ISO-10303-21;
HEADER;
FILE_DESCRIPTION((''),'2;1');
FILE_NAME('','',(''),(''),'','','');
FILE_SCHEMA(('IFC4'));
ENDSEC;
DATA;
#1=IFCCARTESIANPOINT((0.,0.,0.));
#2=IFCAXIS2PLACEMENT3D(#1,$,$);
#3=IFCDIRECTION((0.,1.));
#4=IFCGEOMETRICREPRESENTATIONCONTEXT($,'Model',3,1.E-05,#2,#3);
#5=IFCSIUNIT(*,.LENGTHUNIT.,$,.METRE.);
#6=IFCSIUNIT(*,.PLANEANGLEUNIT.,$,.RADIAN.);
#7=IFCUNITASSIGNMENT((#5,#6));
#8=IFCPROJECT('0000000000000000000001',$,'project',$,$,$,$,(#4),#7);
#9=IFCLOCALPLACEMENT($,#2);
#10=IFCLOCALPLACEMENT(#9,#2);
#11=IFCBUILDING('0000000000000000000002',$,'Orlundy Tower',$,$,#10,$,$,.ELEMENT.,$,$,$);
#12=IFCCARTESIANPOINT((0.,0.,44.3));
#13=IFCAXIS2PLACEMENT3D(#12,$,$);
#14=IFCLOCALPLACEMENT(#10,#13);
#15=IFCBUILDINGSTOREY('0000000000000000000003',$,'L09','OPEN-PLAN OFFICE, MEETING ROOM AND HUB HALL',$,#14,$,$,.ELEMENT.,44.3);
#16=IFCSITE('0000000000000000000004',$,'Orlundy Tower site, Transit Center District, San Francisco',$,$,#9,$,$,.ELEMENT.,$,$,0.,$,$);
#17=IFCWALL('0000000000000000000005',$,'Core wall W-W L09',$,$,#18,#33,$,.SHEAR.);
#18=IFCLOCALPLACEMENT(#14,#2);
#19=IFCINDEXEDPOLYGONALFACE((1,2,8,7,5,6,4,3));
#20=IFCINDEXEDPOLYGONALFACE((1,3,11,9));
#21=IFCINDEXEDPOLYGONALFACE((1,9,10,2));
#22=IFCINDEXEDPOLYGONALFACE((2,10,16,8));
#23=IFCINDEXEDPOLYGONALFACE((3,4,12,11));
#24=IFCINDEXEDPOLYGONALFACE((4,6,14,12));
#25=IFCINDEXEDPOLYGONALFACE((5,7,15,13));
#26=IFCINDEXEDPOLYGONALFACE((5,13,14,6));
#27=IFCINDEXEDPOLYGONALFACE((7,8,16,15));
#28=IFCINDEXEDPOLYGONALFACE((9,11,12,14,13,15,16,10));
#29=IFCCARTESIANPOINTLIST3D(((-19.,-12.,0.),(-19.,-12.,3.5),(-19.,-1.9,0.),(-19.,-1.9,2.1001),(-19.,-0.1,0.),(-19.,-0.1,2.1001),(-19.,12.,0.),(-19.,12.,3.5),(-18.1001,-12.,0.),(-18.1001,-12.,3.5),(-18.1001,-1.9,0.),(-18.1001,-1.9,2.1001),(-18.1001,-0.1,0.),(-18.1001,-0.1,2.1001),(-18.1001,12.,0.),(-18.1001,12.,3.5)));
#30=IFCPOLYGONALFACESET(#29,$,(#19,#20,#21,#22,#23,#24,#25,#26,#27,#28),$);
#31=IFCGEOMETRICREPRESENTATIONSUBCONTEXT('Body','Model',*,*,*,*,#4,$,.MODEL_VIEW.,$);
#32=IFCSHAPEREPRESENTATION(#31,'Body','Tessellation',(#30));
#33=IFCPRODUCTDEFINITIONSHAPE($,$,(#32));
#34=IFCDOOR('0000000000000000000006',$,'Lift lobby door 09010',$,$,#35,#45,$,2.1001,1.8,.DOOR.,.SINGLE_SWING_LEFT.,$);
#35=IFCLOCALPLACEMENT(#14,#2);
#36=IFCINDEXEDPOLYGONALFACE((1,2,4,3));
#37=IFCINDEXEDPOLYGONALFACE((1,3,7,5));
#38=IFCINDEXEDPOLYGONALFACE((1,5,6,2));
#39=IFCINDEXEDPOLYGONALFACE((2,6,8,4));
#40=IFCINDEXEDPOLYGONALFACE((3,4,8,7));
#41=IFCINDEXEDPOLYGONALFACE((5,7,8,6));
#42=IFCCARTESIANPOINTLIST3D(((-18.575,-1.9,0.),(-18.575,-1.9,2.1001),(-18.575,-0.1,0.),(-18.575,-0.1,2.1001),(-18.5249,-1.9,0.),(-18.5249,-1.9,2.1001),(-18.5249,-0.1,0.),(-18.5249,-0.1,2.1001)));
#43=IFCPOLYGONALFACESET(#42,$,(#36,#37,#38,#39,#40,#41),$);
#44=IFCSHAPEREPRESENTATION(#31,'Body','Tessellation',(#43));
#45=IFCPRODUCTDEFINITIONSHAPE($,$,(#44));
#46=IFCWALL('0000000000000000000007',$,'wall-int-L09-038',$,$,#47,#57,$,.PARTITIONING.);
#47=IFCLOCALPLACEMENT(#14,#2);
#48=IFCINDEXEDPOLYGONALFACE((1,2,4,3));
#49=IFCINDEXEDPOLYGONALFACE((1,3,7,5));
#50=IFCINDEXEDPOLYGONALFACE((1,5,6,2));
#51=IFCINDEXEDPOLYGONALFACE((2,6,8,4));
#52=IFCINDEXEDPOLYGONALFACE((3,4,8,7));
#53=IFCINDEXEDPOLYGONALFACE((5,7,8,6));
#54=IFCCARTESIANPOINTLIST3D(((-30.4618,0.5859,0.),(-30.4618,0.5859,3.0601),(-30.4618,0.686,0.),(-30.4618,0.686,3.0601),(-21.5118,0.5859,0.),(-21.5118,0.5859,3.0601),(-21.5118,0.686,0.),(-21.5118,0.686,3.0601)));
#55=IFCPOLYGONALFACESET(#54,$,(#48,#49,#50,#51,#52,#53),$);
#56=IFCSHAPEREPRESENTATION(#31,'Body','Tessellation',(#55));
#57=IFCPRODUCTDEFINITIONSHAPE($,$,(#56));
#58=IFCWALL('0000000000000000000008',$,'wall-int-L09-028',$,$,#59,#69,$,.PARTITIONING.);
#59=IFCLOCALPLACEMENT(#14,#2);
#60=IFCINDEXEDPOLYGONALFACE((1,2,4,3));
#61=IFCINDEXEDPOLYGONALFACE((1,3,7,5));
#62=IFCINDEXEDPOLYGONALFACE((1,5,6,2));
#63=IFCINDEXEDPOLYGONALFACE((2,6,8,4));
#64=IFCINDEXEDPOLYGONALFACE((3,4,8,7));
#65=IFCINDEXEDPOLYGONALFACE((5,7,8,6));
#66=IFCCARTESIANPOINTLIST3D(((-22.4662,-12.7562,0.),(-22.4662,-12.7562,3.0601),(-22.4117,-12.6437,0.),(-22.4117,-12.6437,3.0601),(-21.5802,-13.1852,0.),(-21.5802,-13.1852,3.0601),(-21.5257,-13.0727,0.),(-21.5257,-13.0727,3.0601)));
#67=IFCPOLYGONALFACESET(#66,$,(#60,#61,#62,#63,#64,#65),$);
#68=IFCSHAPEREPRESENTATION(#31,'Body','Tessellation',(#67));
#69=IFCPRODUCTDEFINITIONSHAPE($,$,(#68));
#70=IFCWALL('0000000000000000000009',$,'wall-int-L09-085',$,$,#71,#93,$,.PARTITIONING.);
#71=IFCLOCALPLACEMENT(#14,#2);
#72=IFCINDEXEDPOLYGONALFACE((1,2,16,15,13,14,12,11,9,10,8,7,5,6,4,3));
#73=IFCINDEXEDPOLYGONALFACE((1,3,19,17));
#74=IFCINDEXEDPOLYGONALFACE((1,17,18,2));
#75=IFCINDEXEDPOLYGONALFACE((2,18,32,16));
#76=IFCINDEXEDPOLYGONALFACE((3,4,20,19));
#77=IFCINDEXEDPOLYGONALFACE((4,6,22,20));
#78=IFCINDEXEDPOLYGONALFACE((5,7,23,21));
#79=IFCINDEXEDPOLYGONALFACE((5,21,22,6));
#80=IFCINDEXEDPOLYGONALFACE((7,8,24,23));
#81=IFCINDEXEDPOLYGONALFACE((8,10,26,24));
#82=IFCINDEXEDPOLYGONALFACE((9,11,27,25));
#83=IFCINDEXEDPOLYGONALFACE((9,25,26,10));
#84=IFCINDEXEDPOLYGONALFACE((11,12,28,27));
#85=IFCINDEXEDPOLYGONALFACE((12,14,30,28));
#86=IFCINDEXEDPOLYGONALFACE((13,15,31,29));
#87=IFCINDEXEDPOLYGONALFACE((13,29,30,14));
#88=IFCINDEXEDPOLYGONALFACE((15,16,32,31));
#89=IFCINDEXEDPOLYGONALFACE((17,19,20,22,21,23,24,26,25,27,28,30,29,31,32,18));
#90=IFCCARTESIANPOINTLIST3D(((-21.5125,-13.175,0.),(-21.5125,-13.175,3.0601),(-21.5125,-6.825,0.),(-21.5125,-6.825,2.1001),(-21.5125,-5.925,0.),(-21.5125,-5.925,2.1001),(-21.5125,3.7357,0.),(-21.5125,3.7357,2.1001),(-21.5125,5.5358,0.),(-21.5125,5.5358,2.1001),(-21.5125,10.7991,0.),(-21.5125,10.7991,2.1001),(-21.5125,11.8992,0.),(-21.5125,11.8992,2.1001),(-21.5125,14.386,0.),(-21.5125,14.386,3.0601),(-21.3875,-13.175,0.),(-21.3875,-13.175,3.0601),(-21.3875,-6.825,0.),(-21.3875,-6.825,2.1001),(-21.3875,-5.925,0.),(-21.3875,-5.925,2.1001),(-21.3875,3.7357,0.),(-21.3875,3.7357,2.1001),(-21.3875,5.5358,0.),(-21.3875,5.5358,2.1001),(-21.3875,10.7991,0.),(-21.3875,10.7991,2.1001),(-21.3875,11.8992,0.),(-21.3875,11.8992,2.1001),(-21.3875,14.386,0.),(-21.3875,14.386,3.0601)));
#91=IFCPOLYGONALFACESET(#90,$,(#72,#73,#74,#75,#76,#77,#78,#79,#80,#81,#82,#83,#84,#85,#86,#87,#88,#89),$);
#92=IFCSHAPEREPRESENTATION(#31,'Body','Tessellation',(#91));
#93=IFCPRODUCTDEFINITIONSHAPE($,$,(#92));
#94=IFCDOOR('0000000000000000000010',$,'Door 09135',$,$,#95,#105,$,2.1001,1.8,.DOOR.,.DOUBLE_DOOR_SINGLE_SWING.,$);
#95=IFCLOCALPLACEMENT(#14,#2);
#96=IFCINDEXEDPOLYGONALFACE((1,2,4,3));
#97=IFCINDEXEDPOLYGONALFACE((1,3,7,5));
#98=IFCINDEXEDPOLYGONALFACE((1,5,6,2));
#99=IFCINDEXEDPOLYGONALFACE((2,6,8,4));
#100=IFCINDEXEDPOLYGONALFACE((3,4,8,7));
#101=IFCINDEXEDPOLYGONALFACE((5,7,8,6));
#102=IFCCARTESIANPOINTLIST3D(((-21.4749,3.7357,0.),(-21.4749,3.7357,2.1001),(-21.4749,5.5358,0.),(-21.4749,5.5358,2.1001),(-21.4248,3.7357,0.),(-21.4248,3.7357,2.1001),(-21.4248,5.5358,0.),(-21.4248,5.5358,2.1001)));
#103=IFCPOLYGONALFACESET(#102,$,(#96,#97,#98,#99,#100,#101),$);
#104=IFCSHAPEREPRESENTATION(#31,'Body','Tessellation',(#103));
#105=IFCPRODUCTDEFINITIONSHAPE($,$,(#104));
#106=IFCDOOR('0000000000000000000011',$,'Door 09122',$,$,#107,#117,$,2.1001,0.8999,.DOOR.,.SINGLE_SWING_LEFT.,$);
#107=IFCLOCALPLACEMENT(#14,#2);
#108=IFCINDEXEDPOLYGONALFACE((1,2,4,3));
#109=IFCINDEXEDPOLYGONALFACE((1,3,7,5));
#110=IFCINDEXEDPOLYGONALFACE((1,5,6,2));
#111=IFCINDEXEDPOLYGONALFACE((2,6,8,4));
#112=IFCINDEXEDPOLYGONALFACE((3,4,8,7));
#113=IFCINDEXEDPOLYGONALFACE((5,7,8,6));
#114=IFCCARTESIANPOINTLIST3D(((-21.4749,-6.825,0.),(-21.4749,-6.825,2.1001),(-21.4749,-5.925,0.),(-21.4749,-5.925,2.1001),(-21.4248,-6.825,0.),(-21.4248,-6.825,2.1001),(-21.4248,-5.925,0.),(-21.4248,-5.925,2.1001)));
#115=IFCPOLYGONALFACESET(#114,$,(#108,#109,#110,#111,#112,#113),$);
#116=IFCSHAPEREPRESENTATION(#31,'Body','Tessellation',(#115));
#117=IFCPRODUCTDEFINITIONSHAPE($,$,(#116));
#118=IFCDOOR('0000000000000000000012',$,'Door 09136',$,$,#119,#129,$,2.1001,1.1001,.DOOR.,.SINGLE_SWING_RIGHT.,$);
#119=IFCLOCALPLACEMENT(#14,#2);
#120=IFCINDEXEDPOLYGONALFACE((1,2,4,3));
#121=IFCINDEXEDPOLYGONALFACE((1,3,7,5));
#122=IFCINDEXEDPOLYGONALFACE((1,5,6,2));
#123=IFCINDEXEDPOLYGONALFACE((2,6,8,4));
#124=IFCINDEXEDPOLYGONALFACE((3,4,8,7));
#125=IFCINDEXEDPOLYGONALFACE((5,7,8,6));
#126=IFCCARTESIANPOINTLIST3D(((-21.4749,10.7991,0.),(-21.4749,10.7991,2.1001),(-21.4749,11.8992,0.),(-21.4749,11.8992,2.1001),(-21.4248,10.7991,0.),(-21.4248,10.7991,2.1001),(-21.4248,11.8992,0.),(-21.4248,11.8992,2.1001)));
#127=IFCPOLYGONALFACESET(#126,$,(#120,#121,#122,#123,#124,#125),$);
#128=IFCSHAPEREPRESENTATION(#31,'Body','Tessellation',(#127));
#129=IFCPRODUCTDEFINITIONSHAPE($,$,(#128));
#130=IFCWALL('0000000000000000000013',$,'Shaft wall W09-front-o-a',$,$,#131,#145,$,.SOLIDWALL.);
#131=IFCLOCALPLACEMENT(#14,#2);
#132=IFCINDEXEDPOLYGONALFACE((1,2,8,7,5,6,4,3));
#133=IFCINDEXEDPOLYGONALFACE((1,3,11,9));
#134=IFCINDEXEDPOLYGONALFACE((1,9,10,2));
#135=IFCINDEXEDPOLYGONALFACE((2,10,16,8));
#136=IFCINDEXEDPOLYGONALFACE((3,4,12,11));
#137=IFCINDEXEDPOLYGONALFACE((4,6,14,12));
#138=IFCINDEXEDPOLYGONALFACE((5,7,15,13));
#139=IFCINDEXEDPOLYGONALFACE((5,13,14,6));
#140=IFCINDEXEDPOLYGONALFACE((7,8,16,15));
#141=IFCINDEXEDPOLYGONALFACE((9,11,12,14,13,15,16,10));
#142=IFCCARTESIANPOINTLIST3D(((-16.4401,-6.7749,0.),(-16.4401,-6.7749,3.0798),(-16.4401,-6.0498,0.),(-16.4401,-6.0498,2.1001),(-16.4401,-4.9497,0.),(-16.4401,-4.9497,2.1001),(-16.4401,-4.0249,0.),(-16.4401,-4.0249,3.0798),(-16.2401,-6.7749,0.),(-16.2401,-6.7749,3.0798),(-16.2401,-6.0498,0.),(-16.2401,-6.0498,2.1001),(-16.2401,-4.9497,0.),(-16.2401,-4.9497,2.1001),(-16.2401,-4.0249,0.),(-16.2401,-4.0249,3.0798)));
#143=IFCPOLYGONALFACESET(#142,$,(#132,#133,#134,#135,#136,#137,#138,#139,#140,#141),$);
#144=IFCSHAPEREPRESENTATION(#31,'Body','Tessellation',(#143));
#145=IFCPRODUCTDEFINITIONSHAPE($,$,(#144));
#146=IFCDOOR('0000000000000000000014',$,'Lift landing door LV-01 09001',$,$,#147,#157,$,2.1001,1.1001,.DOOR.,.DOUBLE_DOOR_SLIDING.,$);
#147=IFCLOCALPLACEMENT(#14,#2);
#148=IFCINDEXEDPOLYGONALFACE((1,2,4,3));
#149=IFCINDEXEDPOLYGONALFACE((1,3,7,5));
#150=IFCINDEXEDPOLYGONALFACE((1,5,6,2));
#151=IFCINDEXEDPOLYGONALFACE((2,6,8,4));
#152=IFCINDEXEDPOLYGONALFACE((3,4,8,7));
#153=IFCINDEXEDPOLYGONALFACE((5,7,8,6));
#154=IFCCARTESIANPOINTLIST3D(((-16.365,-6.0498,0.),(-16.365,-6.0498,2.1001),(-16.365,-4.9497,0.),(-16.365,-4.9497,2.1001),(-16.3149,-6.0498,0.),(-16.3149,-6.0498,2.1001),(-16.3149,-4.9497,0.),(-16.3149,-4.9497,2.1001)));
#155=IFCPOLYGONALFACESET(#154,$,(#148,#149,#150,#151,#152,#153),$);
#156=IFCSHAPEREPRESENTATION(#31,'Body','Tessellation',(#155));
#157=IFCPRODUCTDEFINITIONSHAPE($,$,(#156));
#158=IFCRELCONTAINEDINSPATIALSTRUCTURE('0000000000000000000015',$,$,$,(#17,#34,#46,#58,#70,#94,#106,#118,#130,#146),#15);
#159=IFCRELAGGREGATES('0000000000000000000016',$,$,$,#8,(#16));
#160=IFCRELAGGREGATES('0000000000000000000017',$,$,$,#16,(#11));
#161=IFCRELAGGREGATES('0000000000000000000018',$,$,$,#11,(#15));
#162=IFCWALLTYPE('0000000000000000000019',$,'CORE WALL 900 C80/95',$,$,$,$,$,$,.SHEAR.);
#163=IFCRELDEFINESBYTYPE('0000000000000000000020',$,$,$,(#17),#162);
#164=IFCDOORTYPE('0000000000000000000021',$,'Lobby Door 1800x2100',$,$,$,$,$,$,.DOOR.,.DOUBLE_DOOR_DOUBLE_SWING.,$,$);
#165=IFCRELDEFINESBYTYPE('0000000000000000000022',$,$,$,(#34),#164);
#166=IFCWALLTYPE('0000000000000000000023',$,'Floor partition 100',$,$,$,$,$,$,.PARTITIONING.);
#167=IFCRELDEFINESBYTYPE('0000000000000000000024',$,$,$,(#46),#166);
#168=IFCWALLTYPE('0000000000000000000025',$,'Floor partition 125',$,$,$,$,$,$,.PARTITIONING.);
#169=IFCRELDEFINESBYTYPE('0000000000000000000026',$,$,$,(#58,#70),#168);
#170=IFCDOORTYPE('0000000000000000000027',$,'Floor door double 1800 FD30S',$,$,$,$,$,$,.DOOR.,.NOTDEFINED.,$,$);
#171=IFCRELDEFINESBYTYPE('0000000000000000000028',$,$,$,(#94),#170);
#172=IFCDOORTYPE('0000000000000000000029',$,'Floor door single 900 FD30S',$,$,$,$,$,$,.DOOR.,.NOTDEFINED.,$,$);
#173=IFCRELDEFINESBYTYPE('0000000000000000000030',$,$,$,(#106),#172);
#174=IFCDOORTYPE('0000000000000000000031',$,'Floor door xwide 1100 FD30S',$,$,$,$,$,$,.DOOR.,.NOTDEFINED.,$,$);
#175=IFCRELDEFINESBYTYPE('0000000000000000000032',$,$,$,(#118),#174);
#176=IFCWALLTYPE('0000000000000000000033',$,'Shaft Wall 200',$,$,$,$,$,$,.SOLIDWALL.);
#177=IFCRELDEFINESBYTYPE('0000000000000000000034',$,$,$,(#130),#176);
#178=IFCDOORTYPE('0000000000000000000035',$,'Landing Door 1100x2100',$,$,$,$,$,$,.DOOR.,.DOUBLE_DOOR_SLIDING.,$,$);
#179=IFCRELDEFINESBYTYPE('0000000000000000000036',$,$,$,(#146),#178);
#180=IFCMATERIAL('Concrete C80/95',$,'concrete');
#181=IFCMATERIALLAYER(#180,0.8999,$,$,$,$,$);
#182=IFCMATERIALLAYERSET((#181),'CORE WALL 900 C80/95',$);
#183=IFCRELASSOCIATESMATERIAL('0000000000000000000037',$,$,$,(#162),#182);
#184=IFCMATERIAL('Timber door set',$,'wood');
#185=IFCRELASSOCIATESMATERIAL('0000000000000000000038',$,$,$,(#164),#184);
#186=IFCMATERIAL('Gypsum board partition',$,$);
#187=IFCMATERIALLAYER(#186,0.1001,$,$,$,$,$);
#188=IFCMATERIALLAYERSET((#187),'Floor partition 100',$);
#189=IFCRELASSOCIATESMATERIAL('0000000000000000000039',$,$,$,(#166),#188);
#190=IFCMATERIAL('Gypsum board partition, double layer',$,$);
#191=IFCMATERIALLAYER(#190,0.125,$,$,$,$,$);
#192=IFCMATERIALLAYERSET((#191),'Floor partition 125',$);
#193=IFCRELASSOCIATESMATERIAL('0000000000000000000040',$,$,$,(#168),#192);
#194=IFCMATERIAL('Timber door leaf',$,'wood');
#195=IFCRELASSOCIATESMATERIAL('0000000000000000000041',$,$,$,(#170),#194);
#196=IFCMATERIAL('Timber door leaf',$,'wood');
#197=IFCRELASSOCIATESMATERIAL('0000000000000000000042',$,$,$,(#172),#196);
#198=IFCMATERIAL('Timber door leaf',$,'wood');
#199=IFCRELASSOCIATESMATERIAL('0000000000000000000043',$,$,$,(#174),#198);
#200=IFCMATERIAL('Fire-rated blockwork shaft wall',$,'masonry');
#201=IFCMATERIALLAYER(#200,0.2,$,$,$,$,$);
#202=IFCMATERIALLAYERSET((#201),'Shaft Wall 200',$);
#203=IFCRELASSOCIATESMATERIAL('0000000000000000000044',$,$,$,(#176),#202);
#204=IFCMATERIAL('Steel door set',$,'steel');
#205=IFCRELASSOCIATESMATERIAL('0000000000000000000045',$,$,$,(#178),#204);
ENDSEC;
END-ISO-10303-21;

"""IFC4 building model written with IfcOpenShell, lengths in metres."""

from ifc_helpers import new_model, si_unit, direction, frame, frame_2d, origin, place, context, subcontext, project, spatial, rectangle, extrude, material, layer, layer_set, type_object, element, fill, save


model = new_model("IFC4")

# Units and contexts
model_context = context("Model", 3, precision=1e-05, world=origin(), true_north=direction((0.0, 1.0)))
body_context = subcontext(model_context, "Body", "Model", "MODEL_VIEW")
ifc_project = project(units=[si_unit("LENGTHUNIT", "METRE"), si_unit("PLANEANGLEUNIT", "RADIAN")], contexts=[model_context])

# Site, building, storey
site_placement = place(None, origin())
site = spatial("IfcSite", under=ifc_project, at=site_placement, Name="Orlundy Tower site, Transit Center District, San Francisco", CompositionType="ELEMENT", RefElevation=0.0)
building_placement = place(site_placement, origin())
building = spatial("IfcBuilding", under=site, at=building_placement, Name="Orlundy Tower", CompositionType="ELEMENT")
storey_placement = place(building_placement, frame((0.0, 0.0, 44.3)))
storey = spatial("IfcBuildingStorey", under=building, at=storey_placement, Name="L09", Description="OPEN-PLAN OFFICE, MEETING ROOM AND HUB HALL", CompositionType="ELEMENT", Elevation=44.3)

# Shared definitions
ifc_material_1 = material(Name="Concrete C80/95", Category="concrete")
ifc_layer_1 = layer(ifc_material_1, 0.8999)
ifc_layer_set_1 = layer_set([ifc_layer_1], Name="CORE WALL 900 C80/95")
wall_type_1 = type_object("IfcWallType", Name="CORE WALL 900 C80/95", PredefinedType="SHEAR", material=ifc_layer_set_1)

# Wall, opening, door
wall_1_placement = place(storey_placement, frame((-18.55, -12.0, 0.0), z_axis=(0.0, 0.0, 1.0), x_axis=(0.0, 1.0, 0.0)))
wall_1 = element("IfcWall", 1, at=wall_1_placement, inside=storey, type_object=wall_type_1, Name="Core wall W-W L09", PredefinedType="SHEAR", context=body_context, shape_type="SweptSolid", body=[
    extrude(rectangle(XDim=24.0, YDim=0.8999, at=frame_2d((12.0, 0.0))), origin(), (0.0, 0.0, 1.0), 3.5),
])
opening_1_placement = place(wall_1_placement, frame((10.1001, 0.0, 0.0)))
opening_1 = element("IfcOpeningElement", 2, at=opening_1_placement, cuts=wall_1, PredefinedType="OPENING", context=body_context, shape_type="SweptSolid", body=[
    extrude(rectangle(XDim=1.8, YDim=2.1001, at=frame_2d((0.8999, 1.05))), frame((0.0, 0.46, 0.0), z_axis=(0.0, -1.0, 0.0), x_axis=(1.0, 0.0, 0.0)), (0.0, 0.0, 1.0), 0.9199),
])
ifc_material_2 = material(Name="Timber door set", Category="wood")
door_type_1 = type_object("IfcDoorType", Name="Lobby Door 1800x2100", OperationType="DOUBLE_DOOR_DOUBLE_SWING", PredefinedType="DOOR", material=ifc_material_2)
door_1_placement = place(opening_1_placement, origin())
door_1 = element("IfcDoor", 3, at=door_1_placement, inside=storey, type_object=door_type_1, Name="Lift lobby door 09010", OperationType="SINGLE_SWING_LEFT", OverallHeight=2.1001, OverallWidth=1.8, PredefinedType="DOOR", context=body_context, shape_type="SweptSolid", body=[
    extrude(rectangle(XDim=1.8, YDim=2.1001, at=frame_2d((0.8999, 1.05))), frame((0.0, 0.0249, 0.0), z_axis=(0.0, -1.0, 0.0), x_axis=(1.0, 0.0, 0.0)), (0.0, 0.0, 1.0), 0.05),
])
fill(opening_1, door_1)

# Walls
ifc_material_3 = material(Name="Gypsum board partition")
ifc_layer_2 = layer(ifc_material_3, 0.1001)
ifc_layer_set_2 = layer_set([ifc_layer_2], Name="Floor partition 100")
wall_type_2 = type_object("IfcWallType", Name="Floor partition 100", PredefinedType="PARTITIONING", material=ifc_layer_set_2)
wall_2_placement = place(storey_placement, frame((-30.4619, 0.636, 0.0), z_axis=(0.0, 0.0, 1.0), x_axis=(1.0, 0.0, 0.0)))
element("IfcWall", 4, at=wall_2_placement, inside=storey, type_object=wall_type_2, Name="wall-int-L09-038", PredefinedType="PARTITIONING", context=body_context, shape_type="SweptSolid", body=[
    extrude(rectangle(XDim=8.95, YDim=0.1001, at=frame_2d((4.4751, 0.0))), origin(), (0.0, 0.0, 1.0), 3.0601),
])
ifc_material_4 = material(Name="Gypsum board partition, double layer")
ifc_layer_3 = layer(ifc_material_4, 0.125)
ifc_layer_set_3 = layer_set([ifc_layer_3], Name="Floor partition 125")
wall_type_3 = type_object("IfcWallType", Name="Floor partition 125", PredefinedType="PARTITIONING", material=ifc_layer_set_3)
wall_3_placement = place(storey_placement, frame((-22.439, -12.7, 0.0), z_axis=(0.0, 0.0, 1.0), x_axis=(0.900059, -0.435768, 0.0)))
element("IfcWall", 5, at=wall_3_placement, inside=storey, type_object=wall_type_3, Name="wall-int-L09-028", PredefinedType="PARTITIONING", context=body_context, shape_type="SweptSolid", body=[
    extrude(rectangle(XDim=0.9844, YDim=0.125, at=frame_2d((0.4922, 0.0))), origin(), (0.0, 0.0, 1.0), 3.0601),
])

# Wall, openings, doors
wall_4_placement = place(storey_placement, frame((-21.45, -13.175, 0.0), z_axis=(0.0, 0.0, 1.0), x_axis=(0.0, 1.0, 0.0)))
wall_4 = element("IfcWall", 6, at=wall_4_placement, inside=storey, type_object=wall_type_3, Name="wall-int-L09-085", PredefinedType="PARTITIONING", context=body_context, shape_type="SweptSolid", body=[
    extrude(rectangle(XDim=27.561, YDim=0.125, at=frame_2d((13.7805, 0.0))), origin(), (0.0, 0.0, 1.0), 3.0601),
])
opening_2_placement = place(wall_4_placement, frame((6.3501, 0.0, 0.0)))
opening_2 = element("IfcOpeningElement", 7, at=opening_2_placement, cuts=wall_4, PredefinedType="OPENING", context=body_context, shape_type="SweptSolid", body=[
    extrude(rectangle(XDim=0.8999, YDim=2.1001, at=frame_2d((0.45, 1.05))), frame((0.0, 0.0725, 0.0), z_axis=(0.0, -1.0, 0.0), x_axis=(1.0, 0.0, 0.0)), (0.0, 0.0, 1.0), 0.145),
])
opening_3_placement = place(wall_4_placement, frame((16.9109, 0.0, 0.0)))
opening_3 = element("IfcOpeningElement", 8, at=opening_3_placement, cuts=wall_4, PredefinedType="OPENING", context=body_context, shape_type="SweptSolid", body=[
    extrude(rectangle(XDim=1.8, YDim=2.1001, at=frame_2d((0.8999, 1.05))), frame((0.0, 0.0725, 0.0), z_axis=(0.0, -1.0, 0.0), x_axis=(1.0, 0.0, 0.0)), (0.0, 0.0, 1.0), 0.145),
])
opening_4_placement = place(wall_4_placement, frame((23.9741, 0.0, 0.0)))
opening_4 = element("IfcOpeningElement", 9, at=opening_4_placement, cuts=wall_4, PredefinedType="OPENING", context=body_context, shape_type="SweptSolid", body=[
    extrude(rectangle(XDim=1.1001, YDim=2.1001, at=frame_2d((0.55, 1.05))), frame((0.0, 0.0725, 0.0), z_axis=(0.0, -1.0, 0.0), x_axis=(1.0, 0.0, 0.0)), (0.0, 0.0, 1.0), 0.145),
])
ifc_material_5 = material(Name="Timber door leaf", Category="wood")
door_type_2 = type_object("IfcDoorType", Name="Floor door double 1800 FD30S", OperationType="NOTDEFINED", PredefinedType="DOOR", material=ifc_material_5)
door_2_placement = place(opening_3_placement, origin())
door_2 = element("IfcDoor", 10, at=door_2_placement, inside=storey, type_object=door_type_2, Name="Door 09135", OperationType="DOUBLE_DOOR_SINGLE_SWING", OverallHeight=2.1001, OverallWidth=1.8, PredefinedType="DOOR", context=body_context, shape_type="SweptSolid", body=[
    extrude(rectangle(XDim=1.8, YDim=2.1001, at=frame_2d((0.8999, 1.05))), frame((0.0, 0.0249, 0.0), z_axis=(0.0, -1.0, 0.0), x_axis=(1.0, 0.0, 0.0)), (0.0, 0.0, 1.0), 0.05),
])
fill(opening_3, door_2)
ifc_material_6 = material(Name="Timber door leaf", Category="wood")
door_type_3 = type_object("IfcDoorType", Name="Floor door single 900 FD30S", OperationType="NOTDEFINED", PredefinedType="DOOR", material=ifc_material_6)
door_3_placement = place(opening_2_placement, origin())
door_3 = element("IfcDoor", 11, at=door_3_placement, inside=storey, type_object=door_type_3, Name="Door 09122", OperationType="SINGLE_SWING_LEFT", OverallHeight=2.1001, OverallWidth=0.8999, PredefinedType="DOOR", context=body_context, shape_type="SweptSolid", body=[
    extrude(rectangle(XDim=0.8999, YDim=2.1001, at=frame_2d((0.45, 1.05))), frame((0.0, 0.0249, 0.0), z_axis=(0.0, -1.0, 0.0), x_axis=(1.0, 0.0, 0.0)), (0.0, 0.0, 1.0), 0.05),
])
fill(opening_2, door_3)
ifc_material_7 = material(Name="Timber door leaf", Category="wood")
door_type_4 = type_object("IfcDoorType", Name="Floor door xwide 1100 FD30S", OperationType="NOTDEFINED", PredefinedType="DOOR", material=ifc_material_7)
door_4_placement = place(opening_4_placement, origin())
door_4 = element("IfcDoor", 12, at=door_4_placement, inside=storey, type_object=door_type_4, Name="Door 09136", OperationType="SINGLE_SWING_RIGHT", OverallHeight=2.1001, OverallWidth=1.1001, PredefinedType="DOOR", context=body_context, shape_type="SweptSolid", body=[
    extrude(rectangle(XDim=1.1001, YDim=2.1001, at=frame_2d((0.55, 1.05))), frame((0.0, 0.0249, 0.0), z_axis=(0.0, -1.0, 0.0), x_axis=(1.0, 0.0, 0.0)), (0.0, 0.0, 1.0), 0.05),
])
fill(opening_4, door_4)

# Wall, opening, door
ifc_material_8 = material(Name="Fire-rated blockwork shaft wall", Category="masonry")
ifc_layer_4 = layer(ifc_material_8, 0.2)
ifc_layer_set_4 = layer_set([ifc_layer_4], Name="Shaft Wall 200")
wall_type_4 = type_object("IfcWallType", Name="Shaft Wall 200", PredefinedType="SOLIDWALL", material=ifc_layer_set_4)
wall_5_placement = place(storey_placement, frame((-16.3401, -6.7749, 0.0), z_axis=(0.0, 0.0, 1.0), x_axis=(0.0, 1.0, 0.0)))
wall_5 = element("IfcWall", 13, at=wall_5_placement, inside=storey, type_object=wall_type_4, Name="Shaft wall W09-front-o-a", PredefinedType="SOLIDWALL", context=body_context, shape_type="SweptSolid", body=[
    extrude(rectangle(XDim=2.75, YDim=0.2, at=frame_2d((1.375, 0.0))), origin(), (0.0, 0.0, 1.0), 3.0798),
])
opening_5_placement = place(wall_5_placement, frame((0.7251, 0.0, 0.0)))
opening_5 = element("IfcOpeningElement", 14, at=opening_5_placement, cuts=wall_5, PredefinedType="OPENING", context=body_context, shape_type="SweptSolid", body=[
    extrude(rectangle(XDim=1.1001, YDim=2.1001, at=frame_2d((0.55, 1.05))), frame((0.0, 0.1101, 0.0), z_axis=(0.0, -1.0, 0.0), x_axis=(1.0, 0.0, 0.0)), (0.0, 0.0, 1.0), 0.2202),
])
ifc_material_9 = material(Name="Steel door set", Category="steel")
door_type_5 = type_object("IfcDoorType", Name="Landing Door 1100x2100", OperationType="DOUBLE_DOOR_SLIDING", PredefinedType="DOOR", material=ifc_material_9)
door_5_placement = place(opening_5_placement, origin())
door_5 = element("IfcDoor", 15, at=door_5_placement, inside=storey, type_object=door_type_5, Name="Lift landing door LV-01 09001", OperationType="DOUBLE_DOOR_SLIDING", OverallHeight=2.1001, OverallWidth=1.1001, PredefinedType="DOOR", context=body_context, shape_type="SweptSolid", body=[
    extrude(rectangle(XDim=1.1001, YDim=2.1001, at=frame_2d((0.55, 1.05))), frame((0.0, 0.0249, 0.0), z_axis=(0.0, -1.0, 0.0), x_axis=(1.0, 0.0, 0.0)), (0.0, 0.0, 1.0), 0.05),
])
fill(opening_5, door_5)

save(model, "model.ifc")
